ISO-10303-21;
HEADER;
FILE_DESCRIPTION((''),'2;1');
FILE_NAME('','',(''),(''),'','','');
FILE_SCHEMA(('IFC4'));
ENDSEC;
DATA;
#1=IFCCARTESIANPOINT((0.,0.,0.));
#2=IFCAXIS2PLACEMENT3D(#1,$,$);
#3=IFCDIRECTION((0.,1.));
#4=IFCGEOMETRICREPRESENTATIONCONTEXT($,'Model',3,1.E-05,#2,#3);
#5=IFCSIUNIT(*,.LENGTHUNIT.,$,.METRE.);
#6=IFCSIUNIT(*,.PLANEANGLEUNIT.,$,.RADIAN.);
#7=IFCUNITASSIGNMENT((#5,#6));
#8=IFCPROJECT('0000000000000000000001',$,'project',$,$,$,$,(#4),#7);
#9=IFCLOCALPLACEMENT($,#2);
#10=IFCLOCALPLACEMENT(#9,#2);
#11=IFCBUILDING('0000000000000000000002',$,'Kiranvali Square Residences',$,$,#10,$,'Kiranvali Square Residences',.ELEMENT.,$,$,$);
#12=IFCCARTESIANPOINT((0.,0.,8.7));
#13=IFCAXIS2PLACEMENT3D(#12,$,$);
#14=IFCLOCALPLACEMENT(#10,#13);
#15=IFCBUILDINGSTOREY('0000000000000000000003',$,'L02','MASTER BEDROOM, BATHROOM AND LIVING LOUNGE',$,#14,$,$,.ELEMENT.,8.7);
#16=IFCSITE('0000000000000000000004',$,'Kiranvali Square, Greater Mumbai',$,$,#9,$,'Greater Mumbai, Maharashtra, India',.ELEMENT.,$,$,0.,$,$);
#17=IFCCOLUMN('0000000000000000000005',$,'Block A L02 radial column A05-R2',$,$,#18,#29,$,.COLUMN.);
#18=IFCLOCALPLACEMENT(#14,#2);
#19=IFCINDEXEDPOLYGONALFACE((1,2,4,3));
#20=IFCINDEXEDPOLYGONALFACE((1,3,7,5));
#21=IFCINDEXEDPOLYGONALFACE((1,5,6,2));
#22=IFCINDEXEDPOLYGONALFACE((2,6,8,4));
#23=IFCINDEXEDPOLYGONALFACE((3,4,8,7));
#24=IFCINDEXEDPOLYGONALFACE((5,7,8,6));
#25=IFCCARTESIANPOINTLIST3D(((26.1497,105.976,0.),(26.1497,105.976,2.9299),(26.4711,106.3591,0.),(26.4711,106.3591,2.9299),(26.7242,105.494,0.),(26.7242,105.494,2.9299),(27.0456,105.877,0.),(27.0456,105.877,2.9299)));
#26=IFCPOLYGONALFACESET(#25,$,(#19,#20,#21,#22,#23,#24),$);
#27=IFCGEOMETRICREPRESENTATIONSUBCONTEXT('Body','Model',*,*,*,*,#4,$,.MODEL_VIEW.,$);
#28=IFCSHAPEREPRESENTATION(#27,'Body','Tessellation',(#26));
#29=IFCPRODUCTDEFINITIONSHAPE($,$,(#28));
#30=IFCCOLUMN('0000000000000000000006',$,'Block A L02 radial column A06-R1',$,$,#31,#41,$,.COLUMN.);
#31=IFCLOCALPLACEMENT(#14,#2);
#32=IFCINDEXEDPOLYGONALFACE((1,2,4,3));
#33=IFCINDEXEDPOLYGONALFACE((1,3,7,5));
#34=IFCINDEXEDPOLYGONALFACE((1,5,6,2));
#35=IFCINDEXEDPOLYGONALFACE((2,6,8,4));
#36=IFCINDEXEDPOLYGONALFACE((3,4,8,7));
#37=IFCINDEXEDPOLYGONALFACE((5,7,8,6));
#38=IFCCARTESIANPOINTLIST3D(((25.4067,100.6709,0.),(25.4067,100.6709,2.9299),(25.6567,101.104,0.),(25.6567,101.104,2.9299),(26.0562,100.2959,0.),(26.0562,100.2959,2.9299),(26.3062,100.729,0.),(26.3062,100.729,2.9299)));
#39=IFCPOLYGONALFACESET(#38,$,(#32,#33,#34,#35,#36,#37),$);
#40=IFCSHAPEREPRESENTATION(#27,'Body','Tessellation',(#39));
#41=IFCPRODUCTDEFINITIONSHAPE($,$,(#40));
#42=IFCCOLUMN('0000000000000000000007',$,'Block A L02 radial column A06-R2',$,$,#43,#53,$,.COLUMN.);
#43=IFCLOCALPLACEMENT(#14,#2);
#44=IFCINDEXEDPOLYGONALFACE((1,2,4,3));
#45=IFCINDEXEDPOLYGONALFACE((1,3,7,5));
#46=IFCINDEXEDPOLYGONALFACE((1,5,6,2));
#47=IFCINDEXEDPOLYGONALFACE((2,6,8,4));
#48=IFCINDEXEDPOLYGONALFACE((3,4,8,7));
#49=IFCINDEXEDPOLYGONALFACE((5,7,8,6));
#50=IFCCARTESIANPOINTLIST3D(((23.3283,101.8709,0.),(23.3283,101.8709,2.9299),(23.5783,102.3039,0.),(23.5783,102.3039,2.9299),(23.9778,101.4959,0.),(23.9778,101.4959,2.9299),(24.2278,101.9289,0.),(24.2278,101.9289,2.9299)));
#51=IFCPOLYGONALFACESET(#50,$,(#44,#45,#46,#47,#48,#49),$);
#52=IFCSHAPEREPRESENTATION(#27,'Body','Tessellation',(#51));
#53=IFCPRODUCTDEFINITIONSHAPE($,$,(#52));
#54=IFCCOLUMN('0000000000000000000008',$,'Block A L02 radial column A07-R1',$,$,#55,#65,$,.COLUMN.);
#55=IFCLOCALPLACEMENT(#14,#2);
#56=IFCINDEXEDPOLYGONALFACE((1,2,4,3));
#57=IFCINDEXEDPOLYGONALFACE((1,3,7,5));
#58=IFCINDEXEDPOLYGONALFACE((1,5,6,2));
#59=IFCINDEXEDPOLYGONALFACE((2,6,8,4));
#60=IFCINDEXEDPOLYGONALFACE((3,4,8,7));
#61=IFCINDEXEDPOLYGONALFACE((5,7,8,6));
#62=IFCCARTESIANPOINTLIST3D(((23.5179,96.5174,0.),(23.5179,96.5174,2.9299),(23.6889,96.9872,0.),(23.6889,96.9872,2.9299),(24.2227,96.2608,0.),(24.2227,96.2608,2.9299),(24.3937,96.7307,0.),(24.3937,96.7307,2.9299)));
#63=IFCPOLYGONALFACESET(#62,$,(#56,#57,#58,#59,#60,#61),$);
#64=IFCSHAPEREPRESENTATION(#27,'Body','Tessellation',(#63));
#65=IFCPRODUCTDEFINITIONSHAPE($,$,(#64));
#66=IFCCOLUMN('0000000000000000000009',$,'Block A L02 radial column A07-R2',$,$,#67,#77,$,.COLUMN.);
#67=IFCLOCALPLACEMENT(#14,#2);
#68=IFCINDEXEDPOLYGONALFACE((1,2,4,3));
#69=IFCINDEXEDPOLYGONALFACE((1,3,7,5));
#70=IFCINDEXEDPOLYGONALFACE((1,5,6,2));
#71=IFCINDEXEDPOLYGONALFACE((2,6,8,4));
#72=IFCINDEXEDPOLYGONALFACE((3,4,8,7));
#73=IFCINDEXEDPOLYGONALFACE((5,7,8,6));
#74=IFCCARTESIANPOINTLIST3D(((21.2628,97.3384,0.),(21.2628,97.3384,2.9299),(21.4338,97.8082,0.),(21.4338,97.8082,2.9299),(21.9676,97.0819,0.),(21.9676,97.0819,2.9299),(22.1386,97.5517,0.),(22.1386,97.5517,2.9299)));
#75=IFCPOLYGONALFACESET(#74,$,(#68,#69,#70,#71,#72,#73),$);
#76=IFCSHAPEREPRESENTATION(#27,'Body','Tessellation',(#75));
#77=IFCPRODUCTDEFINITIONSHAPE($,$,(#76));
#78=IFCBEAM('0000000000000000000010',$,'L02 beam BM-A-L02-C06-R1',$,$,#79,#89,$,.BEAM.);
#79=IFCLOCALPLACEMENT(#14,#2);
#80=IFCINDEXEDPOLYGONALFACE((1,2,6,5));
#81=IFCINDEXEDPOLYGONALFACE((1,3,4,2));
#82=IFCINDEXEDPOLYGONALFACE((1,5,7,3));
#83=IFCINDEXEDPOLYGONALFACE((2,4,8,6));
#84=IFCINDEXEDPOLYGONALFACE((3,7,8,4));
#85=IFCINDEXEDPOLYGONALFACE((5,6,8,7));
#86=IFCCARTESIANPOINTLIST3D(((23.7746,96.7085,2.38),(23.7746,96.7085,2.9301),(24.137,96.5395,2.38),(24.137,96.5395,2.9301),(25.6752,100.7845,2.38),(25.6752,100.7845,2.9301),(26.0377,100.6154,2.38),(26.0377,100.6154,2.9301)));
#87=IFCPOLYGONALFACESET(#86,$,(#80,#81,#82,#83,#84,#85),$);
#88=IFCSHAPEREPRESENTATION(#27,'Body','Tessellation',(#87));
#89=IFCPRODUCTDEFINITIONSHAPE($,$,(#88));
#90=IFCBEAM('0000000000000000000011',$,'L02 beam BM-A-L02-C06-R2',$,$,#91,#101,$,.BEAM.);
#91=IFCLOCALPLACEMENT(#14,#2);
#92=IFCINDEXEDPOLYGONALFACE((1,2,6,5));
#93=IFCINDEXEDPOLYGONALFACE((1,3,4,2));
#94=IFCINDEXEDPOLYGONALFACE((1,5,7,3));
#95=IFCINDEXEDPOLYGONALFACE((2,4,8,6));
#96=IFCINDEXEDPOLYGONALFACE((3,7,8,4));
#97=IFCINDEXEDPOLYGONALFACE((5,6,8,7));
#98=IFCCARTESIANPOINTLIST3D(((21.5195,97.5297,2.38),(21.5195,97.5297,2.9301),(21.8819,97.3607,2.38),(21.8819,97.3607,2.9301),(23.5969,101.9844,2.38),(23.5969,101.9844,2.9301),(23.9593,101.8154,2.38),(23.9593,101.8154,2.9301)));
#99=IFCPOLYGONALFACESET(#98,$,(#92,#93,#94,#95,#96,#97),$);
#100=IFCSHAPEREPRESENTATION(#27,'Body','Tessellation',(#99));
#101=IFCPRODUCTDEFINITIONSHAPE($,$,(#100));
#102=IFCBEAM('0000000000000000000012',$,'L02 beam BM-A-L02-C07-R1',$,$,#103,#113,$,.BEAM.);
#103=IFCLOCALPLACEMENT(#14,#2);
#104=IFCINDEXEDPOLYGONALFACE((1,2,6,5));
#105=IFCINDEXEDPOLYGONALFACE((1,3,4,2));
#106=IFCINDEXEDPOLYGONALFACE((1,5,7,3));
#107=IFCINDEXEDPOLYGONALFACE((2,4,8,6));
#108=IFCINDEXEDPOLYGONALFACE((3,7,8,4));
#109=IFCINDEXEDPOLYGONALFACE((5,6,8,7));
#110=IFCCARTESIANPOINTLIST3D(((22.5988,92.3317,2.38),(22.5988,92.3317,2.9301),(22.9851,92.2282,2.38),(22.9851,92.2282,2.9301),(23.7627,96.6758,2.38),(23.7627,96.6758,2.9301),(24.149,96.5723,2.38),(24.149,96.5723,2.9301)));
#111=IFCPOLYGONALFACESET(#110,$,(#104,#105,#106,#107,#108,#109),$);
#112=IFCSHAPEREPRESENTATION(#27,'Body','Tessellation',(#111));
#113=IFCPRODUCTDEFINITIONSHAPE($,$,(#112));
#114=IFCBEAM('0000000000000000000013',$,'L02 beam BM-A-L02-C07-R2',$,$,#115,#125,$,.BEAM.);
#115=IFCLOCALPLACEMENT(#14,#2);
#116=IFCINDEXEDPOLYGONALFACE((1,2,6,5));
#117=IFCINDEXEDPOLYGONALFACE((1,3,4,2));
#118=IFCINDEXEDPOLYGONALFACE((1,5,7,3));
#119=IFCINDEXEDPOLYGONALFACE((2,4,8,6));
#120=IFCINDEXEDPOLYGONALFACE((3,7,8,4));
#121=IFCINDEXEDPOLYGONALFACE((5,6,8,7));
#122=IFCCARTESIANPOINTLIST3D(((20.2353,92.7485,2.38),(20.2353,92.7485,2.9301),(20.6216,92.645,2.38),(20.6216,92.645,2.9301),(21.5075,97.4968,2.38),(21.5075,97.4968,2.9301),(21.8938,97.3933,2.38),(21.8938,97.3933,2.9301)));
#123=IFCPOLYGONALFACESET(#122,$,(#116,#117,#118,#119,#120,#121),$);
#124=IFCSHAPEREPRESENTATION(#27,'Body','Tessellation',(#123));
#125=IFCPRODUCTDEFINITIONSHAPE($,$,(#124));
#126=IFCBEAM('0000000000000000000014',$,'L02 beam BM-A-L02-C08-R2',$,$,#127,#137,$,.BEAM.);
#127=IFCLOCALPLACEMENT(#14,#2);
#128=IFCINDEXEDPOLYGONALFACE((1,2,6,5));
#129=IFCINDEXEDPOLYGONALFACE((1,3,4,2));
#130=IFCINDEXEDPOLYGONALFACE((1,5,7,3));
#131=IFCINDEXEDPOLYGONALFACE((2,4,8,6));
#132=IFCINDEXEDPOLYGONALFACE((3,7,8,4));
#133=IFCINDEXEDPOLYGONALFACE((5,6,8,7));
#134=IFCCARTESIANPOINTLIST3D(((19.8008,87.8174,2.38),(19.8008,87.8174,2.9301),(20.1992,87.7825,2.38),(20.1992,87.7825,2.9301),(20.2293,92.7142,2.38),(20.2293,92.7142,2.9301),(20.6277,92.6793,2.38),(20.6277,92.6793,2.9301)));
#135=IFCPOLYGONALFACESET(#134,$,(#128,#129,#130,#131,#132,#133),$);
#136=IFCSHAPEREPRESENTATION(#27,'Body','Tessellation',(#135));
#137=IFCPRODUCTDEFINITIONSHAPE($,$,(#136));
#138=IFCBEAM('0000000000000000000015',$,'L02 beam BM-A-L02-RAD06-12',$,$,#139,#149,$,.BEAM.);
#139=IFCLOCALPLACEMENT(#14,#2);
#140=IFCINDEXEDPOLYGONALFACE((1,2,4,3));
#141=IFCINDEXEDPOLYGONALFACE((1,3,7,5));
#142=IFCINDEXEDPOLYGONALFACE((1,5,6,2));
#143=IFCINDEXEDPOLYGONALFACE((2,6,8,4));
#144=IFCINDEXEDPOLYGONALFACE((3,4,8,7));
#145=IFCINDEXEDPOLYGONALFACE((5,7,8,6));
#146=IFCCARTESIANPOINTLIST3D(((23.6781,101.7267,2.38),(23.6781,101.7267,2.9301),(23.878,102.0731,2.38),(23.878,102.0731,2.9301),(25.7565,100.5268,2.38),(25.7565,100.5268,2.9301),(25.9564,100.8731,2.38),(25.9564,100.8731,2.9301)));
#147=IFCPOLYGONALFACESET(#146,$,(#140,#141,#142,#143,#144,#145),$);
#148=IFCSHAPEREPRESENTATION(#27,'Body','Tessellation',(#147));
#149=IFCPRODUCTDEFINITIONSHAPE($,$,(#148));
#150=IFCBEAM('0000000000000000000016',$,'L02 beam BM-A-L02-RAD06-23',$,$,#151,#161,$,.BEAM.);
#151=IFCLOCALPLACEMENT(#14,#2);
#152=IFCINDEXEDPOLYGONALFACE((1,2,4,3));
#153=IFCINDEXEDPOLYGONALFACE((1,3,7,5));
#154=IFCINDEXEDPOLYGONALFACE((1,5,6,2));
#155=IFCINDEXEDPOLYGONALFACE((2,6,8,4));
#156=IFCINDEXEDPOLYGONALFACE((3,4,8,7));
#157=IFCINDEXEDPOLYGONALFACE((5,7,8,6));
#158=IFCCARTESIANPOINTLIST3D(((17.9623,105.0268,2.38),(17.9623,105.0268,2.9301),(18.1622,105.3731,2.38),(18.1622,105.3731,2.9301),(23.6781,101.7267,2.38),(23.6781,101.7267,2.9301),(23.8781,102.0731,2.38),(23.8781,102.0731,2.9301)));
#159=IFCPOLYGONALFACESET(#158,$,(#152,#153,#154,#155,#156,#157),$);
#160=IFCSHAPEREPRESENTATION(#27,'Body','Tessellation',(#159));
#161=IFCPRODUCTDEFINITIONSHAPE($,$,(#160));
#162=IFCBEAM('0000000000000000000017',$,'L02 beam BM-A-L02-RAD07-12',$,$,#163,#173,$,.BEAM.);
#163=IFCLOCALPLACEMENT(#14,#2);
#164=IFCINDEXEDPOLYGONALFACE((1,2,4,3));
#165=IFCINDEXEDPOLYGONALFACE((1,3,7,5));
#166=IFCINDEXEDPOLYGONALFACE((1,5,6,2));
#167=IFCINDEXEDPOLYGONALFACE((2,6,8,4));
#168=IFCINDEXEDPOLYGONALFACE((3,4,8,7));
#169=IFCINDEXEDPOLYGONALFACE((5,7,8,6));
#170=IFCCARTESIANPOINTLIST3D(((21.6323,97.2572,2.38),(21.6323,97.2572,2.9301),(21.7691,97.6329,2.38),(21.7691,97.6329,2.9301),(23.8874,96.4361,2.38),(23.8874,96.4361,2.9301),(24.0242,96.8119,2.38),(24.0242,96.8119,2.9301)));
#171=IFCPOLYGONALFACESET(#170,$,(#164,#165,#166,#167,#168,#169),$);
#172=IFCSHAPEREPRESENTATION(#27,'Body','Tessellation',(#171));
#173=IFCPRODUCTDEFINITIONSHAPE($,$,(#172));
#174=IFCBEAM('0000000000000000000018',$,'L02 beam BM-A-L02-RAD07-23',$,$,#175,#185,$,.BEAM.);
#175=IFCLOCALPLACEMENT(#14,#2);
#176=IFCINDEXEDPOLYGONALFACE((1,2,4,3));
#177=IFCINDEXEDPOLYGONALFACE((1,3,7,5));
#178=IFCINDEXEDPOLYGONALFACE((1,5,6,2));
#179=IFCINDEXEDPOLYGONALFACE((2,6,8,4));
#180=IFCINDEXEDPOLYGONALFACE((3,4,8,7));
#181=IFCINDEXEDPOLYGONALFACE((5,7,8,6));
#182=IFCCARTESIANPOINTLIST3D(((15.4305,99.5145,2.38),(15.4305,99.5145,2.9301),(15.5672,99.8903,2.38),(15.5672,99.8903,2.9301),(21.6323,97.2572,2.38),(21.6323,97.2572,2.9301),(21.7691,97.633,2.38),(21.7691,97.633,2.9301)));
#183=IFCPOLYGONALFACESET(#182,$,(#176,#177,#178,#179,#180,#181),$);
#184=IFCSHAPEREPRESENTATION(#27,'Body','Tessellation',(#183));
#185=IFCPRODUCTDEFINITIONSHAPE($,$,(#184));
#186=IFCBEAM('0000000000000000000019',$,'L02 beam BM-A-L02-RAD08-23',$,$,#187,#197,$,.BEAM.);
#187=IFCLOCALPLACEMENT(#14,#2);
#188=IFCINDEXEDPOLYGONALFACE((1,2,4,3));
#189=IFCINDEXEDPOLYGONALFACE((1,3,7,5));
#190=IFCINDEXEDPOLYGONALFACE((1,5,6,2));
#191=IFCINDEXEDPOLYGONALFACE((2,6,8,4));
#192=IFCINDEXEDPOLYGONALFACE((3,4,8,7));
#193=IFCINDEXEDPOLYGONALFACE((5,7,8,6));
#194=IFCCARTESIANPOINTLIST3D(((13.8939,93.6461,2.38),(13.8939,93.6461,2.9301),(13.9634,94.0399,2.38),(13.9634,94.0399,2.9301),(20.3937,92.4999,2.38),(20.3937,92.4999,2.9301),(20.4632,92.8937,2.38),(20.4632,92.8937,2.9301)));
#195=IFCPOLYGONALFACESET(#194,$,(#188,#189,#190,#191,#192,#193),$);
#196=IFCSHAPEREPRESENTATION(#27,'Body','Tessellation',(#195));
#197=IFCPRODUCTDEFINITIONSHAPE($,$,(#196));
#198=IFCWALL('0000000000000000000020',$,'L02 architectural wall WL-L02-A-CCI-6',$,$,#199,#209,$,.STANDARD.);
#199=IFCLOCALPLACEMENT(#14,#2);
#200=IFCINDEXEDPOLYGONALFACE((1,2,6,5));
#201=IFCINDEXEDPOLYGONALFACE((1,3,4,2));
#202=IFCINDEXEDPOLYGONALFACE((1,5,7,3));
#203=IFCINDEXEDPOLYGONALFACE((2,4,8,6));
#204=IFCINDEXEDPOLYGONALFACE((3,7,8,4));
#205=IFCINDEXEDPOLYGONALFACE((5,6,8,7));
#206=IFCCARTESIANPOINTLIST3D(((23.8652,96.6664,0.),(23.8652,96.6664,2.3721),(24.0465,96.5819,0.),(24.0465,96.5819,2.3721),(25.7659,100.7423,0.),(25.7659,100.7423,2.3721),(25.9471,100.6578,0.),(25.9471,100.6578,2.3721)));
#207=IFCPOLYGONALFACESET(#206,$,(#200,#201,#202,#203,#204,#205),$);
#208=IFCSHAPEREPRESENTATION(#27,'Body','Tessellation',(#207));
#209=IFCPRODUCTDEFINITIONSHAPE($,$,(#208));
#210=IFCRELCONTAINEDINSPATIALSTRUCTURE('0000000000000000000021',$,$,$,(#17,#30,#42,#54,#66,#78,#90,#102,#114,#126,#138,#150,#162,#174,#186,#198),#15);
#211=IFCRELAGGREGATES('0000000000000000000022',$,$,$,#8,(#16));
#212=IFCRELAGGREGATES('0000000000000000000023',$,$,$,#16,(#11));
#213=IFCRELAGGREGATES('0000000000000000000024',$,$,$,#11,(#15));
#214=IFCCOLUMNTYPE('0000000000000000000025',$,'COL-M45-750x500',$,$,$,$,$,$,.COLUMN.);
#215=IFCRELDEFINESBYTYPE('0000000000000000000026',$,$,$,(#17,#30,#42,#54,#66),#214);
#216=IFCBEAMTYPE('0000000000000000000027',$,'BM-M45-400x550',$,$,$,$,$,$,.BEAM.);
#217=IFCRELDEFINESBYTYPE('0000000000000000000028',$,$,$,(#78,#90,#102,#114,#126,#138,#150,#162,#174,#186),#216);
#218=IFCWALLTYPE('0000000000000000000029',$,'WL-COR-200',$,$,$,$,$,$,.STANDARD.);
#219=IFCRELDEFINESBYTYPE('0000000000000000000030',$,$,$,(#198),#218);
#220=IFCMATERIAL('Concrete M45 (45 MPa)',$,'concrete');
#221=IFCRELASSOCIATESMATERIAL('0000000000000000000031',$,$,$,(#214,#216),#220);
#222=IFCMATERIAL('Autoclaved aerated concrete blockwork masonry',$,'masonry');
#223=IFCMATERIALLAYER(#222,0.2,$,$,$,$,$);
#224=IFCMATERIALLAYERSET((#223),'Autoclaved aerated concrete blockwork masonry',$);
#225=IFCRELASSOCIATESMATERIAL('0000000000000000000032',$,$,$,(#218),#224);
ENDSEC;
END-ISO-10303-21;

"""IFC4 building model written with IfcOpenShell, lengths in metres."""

from ifc_helpers import new_model, si_unit, direction, frame, frame_2d, origin, origin_2d, place, context, subcontext, project, spatial, rectangle, extrude, material, layer, layer_set, material_profile, profile_set, type_object, element, save


model = new_model("IFC4")

# Units and contexts
model_context = context("Model", 3, precision=1e-05, world=origin(), true_north=direction((0.0, 1.0)))
body_context = subcontext(model_context, "Body", "Model", "MODEL_VIEW")
ifc_project = project(units=[si_unit("LENGTHUNIT", "METRE"), si_unit("PLANEANGLEUNIT", "RADIAN")], contexts=[model_context])

# Site, building, storey
site_placement = place(None, origin())
site = spatial("IfcSite", under=ifc_project, at=site_placement, Name="Kiranvali Square, Greater Mumbai", LongName="Greater Mumbai, Maharashtra, India", CompositionType="ELEMENT", RefElevation=0.0)
building_placement = place(site_placement, origin())
building = spatial("IfcBuilding", under=site, at=building_placement, Name="Kiranvali Square Residences", LongName="Kiranvali Square Residences", CompositionType="ELEMENT")
storey_placement = place(building_placement, frame((0.0, 0.0, 8.7)))
storey = spatial("IfcBuildingStorey", under=building, at=storey_placement, Name="L02", Description="MASTER BEDROOM, BATHROOM AND LIVING LOUNGE", CompositionType="ELEMENT", Elevation=8.7)

# Columns
ifc_material_1 = material(Name="Concrete M45 (45 MPa)", Category="concrete")
ifc_material_profile_1 = material_profile(ifc_material_1, rectangle(XDim=0.5, YDim=0.75, at=origin_2d()), Name="RC 750x500")
ifc_profile_set_1 = profile_set([ifc_material_profile_1], Name="Concrete M45 (45 MPa)")
column_type = type_object("IfcColumnType", Name="COL-M45-750x500", PredefinedType="COLUMN", material=ifc_profile_set_1)
for number, where, z_axis, x_axis, name in (
    (1, (26.5977, 105.9265, 0.0), (0.0, 0.0, 1.0), (0.642788, 0.766044, 0.0), "Block A L02 radial column A05-R2"),
    (2, (25.8564, 100.7, 0.0), (0.0, 0.0, 1.0), (0.5, 0.866025, 0.0), "Block A L02 radial column A06-R1"),
    (3, (23.7781, 101.8999, 0.0), (0.0, 0.0, 1.0), (0.5, 0.866025, 0.0), "Block A L02 radial column A06-R2"),
    (4, (23.9558, 96.624, 0.0), (0.0, 0.0, 1.0), (0.34202, 0.939693, 0.0), "Block A L02 radial column A07-R1"),
    (5, (21.7007, 97.4451, 0.0), (0.0, 0.0, 1.0), (0.34202, 0.939693, 0.0), "Block A L02 radial column A07-R2"),
):
    element("IfcColumn", number, at=place(storey_placement, frame(where, z_axis=z_axis, x_axis=x_axis)), inside=storey, type_object=column_type, Name=name, PredefinedType="COLUMN", context=body_context, shape_type="SweptSolid", body=[
        extrude(rectangle(XDim=0.5, YDim=0.75, at=origin_2d()), origin(), (0.0, 0.0, 1.0), 2.9299),
    ])

# Beams
ifc_material_profile_2 = material_profile(ifc_material_1, rectangle(XDim=0.3999, YDim=0.55, at=origin_2d()), Name="RC 400x550")
ifc_profile_set_2 = profile_set([ifc_material_profile_2], Name="Concrete M45 (45 MPa)")
beam_type = type_object("IfcBeamType", Name="BM-M45-400x550", PredefinedType="BEAM", material=ifc_profile_set_2)
beam_1_placement = place(storey_placement, frame((25.8564, 100.7, 2.655), z_axis=(-0.422618, -0.906308, 0.0), x_axis=(0.906308, -0.422618, 0.0)))
element("IfcBeam", 6, at=beam_1_placement, inside=storey, type_object=beam_type, Name="L02 beam BM-A-L02-C06-R1", PredefinedType="BEAM", context=body_context, shape_type="SweptSolid", body=[
    extrude(rectangle(XDim=0.3999, YDim=0.55, at=origin_2d()), origin(), (0.0, 0.0, 1.0), 4.4973),
])
beam_2_placement = place(storey_placement, frame((23.7781, 101.8999, 2.655), z_axis=(-0.42263, -0.906302, 0.0), x_axis=(0.906302, -0.42263, 0.0)))
element("IfcBeam", 7, at=beam_2_placement, inside=storey, type_object=beam_type, Name="L02 beam BM-A-L02-C06-R2", PredefinedType="BEAM", context=body_context, shape_type="SweptSolid", body=[
    extrude(rectangle(XDim=0.3999, YDim=0.55, at=origin_2d()), origin(), (0.0, 0.0, 1.0), 4.9153),
])
beam_3_placement = place(storey_placement, frame((23.9558, 96.624, 2.655), z_axis=(-0.258788, -0.965934, 0.0), x_axis=(0.965934, -0.258788, 0.0)))
element("IfcBeam", 8, at=beam_3_placement, inside=storey, type_object=beam_type, Name="L02 beam BM-A-L02-C07-R1", PredefinedType="BEAM", context=body_context, shape_type="SweptSolid", body=[
    extrude(rectangle(XDim=0.3999, YDim=0.55, at=origin_2d()), origin(), (0.0, 0.0, 1.0), 4.4973),
])
beam_4_placement = place(storey_placement, frame((21.7007, 97.4451, 2.655), z_axis=(-0.258803, -0.96593, 0.0), x_axis=(0.96593, -0.258803, 0.0)))
element("IfcBeam", 9, at=beam_4_placement, inside=storey, type_object=beam_type, Name="L02 beam BM-A-L02-C07-R2", PredefinedType="BEAM", context=body_context, shape_type="SweptSolid", body=[
    extrude(rectangle(XDim=0.3999, YDim=0.55, at=origin_2d()), origin(), (0.0, 0.0, 1.0), 4.9158),
])
beam_5_placement = place(storey_placement, frame((20.4285, 92.6968, 2.655), z_axis=(-0.087168, -0.996194, 0.0), x_axis=(0.996194, -0.087168, 0.0)))
element("IfcBeam", 10, at=beam_5_placement, inside=storey, type_object=beam_type, Name="L02 beam BM-A-L02-C08-R2", PredefinedType="BEAM", context=body_context, shape_type="SweptSolid", body=[
    extrude(rectangle(XDim=0.3999, YDim=0.55, at=origin_2d()), origin(), (0.0, 0.0, 1.0), 4.9155),
])
beam_6_placement = place(storey_placement, frame((25.8564, 100.7, 2.655), z_axis=(-0.866025, 0.500001, 0.0), x_axis=(-0.500001, -0.866025, 0.0)))
element("IfcBeam", 11, at=beam_6_placement, inside=storey, type_object=beam_type, Name="L02 beam BM-A-L02-RAD06-12", PredefinedType="BEAM", context=body_context, shape_type="SweptSolid", body=[
    extrude(rectangle(XDim=0.3999, YDim=0.55, at=origin_2d()), origin(), (0.0, 0.0, 1.0), 2.3999),
])
beam_7_placement = place(storey_placement, frame((23.7781, 101.8999, 2.655), z_axis=(-0.866024, 0.500002, 0.0), x_axis=(-0.500002, -0.866024, 0.0)))
element("IfcBeam", 12, at=beam_7_placement, inside=storey, type_object=beam_type, Name="L02 beam BM-A-L02-RAD06-23", PredefinedType="BEAM", context=body_context, shape_type="SweptSolid", body=[
    extrude(rectangle(XDim=0.3999, YDim=0.55, at=origin_2d()), origin(), (0.0, 0.0, 1.0), 6.6001),
])
beam_8_placement = place(storey_placement, frame((23.9558, 96.624, 2.655), z_axis=(-0.93966, 0.342111, 0.0), x_axis=(-0.342111, -0.93966, 0.0)))
element("IfcBeam", 13, at=beam_8_placement, inside=storey, type_object=beam_type, Name="L02 beam BM-A-L02-RAD07-12", PredefinedType="BEAM", context=body_context, shape_type="SweptSolid", body=[
    extrude(rectangle(XDim=0.3999, YDim=0.55, at=origin_2d()), origin(), (0.0, 0.0, 1.0), 2.3999),
])
beam_9_placement = place(storey_placement, frame((21.7007, 97.4451, 2.655), z_axis=(-0.939692, 0.342022, 0.0), x_axis=(-0.342022, -0.939692, 0.0)))
element("IfcBeam", 14, at=beam_9_placement, inside=storey, type_object=beam_type, Name="L02 beam BM-A-L02-RAD07-23", PredefinedType="BEAM", context=body_context, shape_type="SweptSolid", body=[
    extrude(rectangle(XDim=0.3999, YDim=0.55, at=origin_2d()), origin(), (0.0, 0.0, 1.0), 6.5999),
])
beam_10_placement = place(storey_placement, frame((20.4285, 92.6968, 2.655), z_axis=(-0.984804, 0.173671, 0.0), x_axis=(-0.173671, -0.984804, 0.0)))
element("IfcBeam", 15, at=beam_10_placement, inside=storey, type_object=beam_type, Name="L02 beam BM-A-L02-RAD08-23", PredefinedType="BEAM", context=body_context, shape_type="SweptSolid", body=[
    extrude(rectangle(XDim=0.3999, YDim=0.55, at=origin_2d()), origin(), (0.0, 0.0, 1.0), 6.6001),
])

# Wall
ifc_material_2 = material(Name="Autoclaved aerated concrete blockwork masonry", Category="masonry")
ifc_layer_1 = layer(ifc_material_2, 0.2)
ifc_layer_set_1 = layer_set([ifc_layer_1], Name="Autoclaved aerated concrete blockwork masonry")
wall_type_1 = type_object("IfcWallType", Name="WL-COR-200", PredefinedType="STANDARD", material=ifc_layer_set_1)
wall_1_placement = place(storey_placement, frame((25.8564, 100.7, 0.0), z_axis=(0.0, 0.0, 1.0), x_axis=(-0.422618, -0.906308, 0.0)))
element("IfcWall", 16, at=wall_1_placement, inside=storey, type_object=wall_type_1, Name="L02 architectural wall WL-L02-A-CCI-6", PredefinedType="STANDARD", context=body_context, shape_type="SweptSolid", body=[
    extrude(rectangle(XDim=4.4973, YDim=0.2, at=frame_2d((2.2485, 0.0))), origin(), (0.0, 0.0, 1.0), 2.3721),
])

save(model, "model.ifc")
